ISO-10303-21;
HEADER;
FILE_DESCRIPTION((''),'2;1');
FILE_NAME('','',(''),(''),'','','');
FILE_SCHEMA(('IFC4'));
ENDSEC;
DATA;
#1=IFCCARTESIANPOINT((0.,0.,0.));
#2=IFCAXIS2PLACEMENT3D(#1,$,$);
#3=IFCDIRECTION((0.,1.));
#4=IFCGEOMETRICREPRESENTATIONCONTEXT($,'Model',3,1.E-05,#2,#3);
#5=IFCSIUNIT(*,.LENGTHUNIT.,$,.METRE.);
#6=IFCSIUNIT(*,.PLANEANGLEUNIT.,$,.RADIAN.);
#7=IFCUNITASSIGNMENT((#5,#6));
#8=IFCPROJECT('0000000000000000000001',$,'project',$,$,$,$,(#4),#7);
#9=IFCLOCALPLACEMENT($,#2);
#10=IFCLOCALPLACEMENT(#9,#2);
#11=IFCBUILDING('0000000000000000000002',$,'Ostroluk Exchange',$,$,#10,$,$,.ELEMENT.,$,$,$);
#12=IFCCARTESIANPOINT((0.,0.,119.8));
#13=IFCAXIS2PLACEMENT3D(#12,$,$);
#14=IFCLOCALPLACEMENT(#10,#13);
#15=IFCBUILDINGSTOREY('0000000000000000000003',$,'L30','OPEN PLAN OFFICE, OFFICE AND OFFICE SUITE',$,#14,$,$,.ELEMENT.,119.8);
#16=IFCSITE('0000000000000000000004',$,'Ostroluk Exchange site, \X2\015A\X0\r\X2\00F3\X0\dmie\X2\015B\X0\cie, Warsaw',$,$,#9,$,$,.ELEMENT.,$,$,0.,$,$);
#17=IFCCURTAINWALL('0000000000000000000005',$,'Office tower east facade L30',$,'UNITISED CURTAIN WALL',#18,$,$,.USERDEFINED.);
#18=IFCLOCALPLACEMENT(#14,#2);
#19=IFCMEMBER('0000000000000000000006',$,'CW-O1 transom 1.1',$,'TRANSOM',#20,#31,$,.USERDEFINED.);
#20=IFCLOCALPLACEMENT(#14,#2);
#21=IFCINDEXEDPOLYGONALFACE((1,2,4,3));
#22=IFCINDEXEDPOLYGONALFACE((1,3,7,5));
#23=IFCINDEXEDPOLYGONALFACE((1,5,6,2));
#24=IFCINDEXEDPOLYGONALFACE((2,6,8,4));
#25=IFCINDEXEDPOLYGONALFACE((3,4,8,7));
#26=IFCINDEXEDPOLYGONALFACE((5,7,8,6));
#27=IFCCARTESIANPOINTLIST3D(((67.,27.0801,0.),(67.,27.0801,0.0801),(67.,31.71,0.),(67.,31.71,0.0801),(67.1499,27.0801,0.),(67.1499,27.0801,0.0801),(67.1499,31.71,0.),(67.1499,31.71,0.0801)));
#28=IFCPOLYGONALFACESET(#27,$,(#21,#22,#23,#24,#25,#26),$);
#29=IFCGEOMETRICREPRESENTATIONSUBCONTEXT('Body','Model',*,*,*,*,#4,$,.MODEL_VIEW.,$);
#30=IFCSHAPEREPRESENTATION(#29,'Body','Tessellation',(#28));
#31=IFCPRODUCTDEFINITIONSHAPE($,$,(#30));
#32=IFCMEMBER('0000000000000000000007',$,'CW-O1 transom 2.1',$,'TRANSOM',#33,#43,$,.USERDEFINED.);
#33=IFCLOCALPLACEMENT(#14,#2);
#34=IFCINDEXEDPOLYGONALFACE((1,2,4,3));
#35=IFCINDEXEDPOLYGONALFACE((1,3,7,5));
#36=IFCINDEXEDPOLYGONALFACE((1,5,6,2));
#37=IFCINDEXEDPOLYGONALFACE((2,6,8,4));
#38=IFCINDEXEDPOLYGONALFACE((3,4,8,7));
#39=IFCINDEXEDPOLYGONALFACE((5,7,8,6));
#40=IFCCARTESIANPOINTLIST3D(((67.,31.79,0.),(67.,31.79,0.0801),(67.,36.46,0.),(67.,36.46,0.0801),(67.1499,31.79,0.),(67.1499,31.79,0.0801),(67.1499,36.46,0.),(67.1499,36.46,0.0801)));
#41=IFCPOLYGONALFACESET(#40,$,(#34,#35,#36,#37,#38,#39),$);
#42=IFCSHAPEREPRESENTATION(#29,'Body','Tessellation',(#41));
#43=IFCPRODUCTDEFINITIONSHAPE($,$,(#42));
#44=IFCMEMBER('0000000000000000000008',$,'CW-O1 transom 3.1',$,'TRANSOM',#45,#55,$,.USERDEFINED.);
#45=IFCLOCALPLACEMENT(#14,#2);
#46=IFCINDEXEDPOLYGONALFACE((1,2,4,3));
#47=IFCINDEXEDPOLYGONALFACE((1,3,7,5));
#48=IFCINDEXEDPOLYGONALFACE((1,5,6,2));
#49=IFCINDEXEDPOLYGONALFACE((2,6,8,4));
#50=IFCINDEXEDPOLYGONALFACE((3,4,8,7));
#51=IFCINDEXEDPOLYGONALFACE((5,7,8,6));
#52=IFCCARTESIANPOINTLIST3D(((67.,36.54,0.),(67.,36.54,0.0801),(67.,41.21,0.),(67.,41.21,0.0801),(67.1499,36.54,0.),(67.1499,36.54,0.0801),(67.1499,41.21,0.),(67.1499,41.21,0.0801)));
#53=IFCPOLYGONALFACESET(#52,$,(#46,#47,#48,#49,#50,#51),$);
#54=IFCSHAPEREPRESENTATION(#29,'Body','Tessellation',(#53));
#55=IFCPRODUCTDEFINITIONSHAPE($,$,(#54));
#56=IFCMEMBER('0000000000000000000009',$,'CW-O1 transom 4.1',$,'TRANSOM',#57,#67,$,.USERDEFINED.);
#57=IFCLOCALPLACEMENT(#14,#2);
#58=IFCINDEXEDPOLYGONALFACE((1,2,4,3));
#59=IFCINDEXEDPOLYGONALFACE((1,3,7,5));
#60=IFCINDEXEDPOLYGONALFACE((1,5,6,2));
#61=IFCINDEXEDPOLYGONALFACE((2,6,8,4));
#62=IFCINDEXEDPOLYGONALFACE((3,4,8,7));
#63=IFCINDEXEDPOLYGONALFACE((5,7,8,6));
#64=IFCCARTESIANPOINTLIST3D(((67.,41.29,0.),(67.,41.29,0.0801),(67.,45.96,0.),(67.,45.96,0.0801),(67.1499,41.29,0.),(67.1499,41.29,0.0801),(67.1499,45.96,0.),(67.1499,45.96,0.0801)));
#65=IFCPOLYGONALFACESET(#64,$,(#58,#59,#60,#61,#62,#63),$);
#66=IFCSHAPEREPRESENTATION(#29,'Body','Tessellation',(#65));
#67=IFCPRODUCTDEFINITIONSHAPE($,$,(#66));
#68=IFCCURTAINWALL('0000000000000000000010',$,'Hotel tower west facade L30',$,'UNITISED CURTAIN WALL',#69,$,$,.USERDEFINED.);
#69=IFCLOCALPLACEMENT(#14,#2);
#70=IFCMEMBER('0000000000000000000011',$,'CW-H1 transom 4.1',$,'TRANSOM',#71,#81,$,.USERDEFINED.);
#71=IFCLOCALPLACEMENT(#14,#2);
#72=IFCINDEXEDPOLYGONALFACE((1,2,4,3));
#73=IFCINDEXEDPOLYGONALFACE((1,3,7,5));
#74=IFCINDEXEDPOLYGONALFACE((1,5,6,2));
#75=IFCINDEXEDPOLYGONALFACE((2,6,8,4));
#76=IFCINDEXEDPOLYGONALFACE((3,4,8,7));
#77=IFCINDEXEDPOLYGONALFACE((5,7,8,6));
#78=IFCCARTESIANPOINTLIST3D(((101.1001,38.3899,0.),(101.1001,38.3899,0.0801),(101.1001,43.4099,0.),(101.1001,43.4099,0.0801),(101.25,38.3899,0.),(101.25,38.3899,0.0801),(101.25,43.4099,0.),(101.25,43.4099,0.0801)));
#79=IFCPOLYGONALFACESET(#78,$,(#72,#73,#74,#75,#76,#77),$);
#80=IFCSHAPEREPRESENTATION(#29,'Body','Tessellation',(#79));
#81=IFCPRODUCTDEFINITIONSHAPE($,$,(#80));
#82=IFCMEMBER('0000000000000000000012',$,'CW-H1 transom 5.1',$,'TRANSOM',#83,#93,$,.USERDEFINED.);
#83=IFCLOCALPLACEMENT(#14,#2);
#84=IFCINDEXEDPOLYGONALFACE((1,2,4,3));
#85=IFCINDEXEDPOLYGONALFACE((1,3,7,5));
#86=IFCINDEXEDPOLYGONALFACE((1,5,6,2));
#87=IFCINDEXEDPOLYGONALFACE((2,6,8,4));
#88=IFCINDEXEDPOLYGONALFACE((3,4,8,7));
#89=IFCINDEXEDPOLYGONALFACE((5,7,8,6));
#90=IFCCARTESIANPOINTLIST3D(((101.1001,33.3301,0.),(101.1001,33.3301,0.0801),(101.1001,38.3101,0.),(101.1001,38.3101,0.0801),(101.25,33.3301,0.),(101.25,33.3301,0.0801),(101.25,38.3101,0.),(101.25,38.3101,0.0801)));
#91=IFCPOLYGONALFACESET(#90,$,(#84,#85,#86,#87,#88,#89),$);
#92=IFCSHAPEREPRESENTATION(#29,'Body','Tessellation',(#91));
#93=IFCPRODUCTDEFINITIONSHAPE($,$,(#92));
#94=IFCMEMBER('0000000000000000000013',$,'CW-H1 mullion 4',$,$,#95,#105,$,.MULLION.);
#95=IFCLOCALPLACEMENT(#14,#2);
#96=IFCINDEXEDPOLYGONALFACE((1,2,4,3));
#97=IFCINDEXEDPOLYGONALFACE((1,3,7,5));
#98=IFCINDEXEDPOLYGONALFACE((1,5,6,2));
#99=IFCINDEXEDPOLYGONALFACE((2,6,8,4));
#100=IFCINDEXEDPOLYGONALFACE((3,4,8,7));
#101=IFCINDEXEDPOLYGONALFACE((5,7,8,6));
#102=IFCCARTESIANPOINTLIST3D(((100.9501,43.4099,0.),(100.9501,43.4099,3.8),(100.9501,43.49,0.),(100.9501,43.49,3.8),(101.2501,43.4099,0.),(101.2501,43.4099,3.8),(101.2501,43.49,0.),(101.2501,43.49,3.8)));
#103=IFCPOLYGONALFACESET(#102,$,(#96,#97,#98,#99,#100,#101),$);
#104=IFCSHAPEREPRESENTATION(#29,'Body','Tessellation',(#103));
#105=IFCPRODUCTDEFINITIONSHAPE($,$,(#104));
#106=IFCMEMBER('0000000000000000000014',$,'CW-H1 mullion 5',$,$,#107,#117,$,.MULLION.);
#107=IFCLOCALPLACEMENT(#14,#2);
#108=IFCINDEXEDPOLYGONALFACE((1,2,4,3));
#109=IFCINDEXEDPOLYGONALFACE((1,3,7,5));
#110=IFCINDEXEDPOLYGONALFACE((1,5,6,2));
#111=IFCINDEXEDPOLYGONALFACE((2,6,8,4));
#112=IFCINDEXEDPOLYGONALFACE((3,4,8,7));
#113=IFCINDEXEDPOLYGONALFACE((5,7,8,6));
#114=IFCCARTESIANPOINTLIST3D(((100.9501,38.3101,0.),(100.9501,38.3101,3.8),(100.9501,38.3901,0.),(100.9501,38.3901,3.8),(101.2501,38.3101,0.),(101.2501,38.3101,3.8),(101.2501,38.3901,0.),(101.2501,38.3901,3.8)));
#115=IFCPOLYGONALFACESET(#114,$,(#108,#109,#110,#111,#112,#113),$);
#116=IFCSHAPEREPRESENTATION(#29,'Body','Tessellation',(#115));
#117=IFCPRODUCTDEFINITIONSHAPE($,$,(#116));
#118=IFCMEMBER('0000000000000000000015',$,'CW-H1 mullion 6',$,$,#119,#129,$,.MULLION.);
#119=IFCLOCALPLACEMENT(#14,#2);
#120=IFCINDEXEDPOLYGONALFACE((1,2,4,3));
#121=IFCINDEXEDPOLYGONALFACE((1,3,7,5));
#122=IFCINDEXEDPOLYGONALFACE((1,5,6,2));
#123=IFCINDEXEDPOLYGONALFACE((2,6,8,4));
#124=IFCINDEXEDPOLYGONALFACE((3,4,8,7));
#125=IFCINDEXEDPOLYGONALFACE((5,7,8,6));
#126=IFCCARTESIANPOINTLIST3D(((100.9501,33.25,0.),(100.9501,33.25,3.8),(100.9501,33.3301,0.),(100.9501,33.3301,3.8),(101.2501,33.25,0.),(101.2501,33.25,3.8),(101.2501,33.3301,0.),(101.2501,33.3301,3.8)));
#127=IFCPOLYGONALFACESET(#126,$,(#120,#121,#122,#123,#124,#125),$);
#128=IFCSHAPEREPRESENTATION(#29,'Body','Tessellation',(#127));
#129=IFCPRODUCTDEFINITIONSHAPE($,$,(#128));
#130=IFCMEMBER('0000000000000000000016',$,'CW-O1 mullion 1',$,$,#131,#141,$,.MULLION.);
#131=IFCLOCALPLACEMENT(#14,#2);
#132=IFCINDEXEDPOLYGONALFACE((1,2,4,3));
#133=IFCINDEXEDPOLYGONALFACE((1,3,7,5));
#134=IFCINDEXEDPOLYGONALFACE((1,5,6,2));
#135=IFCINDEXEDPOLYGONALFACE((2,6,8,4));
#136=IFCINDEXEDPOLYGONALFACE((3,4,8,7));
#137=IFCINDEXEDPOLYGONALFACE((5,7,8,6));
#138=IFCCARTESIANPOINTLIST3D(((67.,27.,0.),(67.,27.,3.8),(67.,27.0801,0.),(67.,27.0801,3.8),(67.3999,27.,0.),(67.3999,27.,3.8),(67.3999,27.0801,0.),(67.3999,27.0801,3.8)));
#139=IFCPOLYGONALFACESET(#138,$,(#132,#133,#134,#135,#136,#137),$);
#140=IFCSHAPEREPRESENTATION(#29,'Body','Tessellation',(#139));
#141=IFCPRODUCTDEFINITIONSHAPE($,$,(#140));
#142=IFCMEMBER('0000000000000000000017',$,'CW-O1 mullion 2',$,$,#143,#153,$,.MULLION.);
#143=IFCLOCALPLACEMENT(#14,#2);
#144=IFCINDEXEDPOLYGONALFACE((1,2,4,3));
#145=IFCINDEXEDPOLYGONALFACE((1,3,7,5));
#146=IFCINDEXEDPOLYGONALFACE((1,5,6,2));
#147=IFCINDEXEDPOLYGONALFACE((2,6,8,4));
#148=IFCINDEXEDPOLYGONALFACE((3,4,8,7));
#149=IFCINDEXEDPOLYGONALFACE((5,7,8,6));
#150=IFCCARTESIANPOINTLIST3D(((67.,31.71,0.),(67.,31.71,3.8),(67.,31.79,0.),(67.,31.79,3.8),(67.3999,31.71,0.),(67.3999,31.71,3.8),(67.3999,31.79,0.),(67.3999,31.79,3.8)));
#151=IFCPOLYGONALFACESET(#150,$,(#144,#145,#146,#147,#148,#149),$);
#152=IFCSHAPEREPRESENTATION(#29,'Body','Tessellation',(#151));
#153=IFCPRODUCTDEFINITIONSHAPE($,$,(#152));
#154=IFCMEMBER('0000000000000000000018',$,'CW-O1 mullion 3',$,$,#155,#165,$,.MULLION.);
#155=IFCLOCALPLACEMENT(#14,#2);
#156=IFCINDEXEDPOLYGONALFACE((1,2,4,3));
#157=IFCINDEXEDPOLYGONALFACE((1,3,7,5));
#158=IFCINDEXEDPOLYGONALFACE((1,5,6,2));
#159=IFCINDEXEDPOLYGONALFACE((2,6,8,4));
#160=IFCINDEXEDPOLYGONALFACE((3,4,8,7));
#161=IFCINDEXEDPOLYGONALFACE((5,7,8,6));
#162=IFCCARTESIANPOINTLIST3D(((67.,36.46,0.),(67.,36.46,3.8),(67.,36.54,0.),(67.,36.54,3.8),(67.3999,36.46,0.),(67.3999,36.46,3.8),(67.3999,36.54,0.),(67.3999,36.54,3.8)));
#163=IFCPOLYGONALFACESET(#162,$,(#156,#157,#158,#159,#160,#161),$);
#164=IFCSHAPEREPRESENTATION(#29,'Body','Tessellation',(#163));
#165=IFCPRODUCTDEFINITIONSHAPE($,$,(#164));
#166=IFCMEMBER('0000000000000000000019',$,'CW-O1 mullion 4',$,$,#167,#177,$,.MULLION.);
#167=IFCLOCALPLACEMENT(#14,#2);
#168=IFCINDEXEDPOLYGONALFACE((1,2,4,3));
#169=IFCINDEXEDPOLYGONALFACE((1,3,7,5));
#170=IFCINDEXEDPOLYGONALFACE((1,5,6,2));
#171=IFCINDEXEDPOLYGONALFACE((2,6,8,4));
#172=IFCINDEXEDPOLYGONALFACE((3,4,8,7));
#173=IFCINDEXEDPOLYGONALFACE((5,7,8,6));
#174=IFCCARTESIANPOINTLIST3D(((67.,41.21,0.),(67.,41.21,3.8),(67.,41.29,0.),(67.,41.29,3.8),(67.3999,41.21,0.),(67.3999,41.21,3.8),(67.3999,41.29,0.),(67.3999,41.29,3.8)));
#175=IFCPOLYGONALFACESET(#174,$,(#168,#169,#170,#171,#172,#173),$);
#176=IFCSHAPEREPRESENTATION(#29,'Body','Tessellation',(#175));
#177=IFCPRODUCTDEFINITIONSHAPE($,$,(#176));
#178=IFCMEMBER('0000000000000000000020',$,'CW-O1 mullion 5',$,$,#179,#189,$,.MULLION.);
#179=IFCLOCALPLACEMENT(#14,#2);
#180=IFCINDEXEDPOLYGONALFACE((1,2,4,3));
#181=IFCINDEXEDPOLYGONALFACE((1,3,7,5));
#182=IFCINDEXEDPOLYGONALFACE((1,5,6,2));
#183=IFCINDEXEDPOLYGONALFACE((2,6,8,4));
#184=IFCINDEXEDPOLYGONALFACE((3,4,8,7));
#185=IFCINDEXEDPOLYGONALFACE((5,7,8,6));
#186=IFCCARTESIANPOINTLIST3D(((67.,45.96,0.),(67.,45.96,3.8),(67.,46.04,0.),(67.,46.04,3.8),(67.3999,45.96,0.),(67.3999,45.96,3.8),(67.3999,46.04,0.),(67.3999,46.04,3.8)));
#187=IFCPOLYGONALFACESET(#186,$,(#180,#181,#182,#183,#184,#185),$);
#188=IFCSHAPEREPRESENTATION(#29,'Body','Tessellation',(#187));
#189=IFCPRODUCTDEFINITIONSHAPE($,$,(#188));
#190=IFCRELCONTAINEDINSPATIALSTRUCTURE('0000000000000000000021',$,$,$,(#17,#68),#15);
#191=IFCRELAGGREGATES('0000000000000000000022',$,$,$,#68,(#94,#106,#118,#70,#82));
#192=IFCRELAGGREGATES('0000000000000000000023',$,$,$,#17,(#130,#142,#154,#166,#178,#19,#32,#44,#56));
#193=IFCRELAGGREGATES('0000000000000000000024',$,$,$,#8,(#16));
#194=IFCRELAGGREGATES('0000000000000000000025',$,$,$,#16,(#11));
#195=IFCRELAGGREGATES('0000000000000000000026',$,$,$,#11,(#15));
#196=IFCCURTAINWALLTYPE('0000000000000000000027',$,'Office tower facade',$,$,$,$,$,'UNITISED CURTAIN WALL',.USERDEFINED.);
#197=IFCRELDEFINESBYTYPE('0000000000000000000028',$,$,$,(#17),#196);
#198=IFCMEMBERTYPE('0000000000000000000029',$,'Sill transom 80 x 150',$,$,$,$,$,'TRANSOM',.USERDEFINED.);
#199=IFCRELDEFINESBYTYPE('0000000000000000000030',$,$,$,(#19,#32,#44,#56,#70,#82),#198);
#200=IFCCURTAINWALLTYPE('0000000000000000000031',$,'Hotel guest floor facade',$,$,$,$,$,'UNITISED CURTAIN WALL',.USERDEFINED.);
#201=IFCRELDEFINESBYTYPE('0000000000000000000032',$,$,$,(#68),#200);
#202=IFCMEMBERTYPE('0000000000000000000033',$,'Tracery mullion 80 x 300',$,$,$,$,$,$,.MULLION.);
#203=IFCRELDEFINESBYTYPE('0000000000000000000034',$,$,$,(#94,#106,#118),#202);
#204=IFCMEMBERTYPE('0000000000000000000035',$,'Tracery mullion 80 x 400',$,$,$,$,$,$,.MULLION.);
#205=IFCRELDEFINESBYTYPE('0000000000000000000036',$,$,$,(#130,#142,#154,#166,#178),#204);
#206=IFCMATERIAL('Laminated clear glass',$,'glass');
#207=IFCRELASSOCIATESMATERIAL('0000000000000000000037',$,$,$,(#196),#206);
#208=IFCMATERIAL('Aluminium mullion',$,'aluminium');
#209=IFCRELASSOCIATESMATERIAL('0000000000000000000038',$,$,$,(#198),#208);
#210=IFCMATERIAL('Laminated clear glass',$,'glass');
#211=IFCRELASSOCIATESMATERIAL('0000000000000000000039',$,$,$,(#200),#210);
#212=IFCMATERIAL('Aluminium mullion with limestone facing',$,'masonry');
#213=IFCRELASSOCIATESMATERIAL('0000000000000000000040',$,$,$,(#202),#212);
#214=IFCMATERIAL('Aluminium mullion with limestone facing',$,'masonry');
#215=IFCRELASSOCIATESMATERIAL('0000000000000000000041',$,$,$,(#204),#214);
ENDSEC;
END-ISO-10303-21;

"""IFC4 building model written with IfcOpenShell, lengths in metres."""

from ifc_helpers import new_model, si_unit, direction, frame, origin, origin_2d, place, context, subcontext, project, spatial, rectangle, extrude, material, material_profile, profile_set, type_object, element, aggregate, save


model = new_model("IFC4")

# Units and contexts
model_context = context("Model", 3, precision=1e-05, world=origin(), true_north=direction((0.0, 1.0)))
body_context = subcontext(model_context, "Body", "Model", "MODEL_VIEW")
ifc_project = project(units=[si_unit("LENGTHUNIT", "METRE"), si_unit("PLANEANGLEUNIT", "RADIAN")], contexts=[model_context])

# Site, building, storey
site_placement = place(None, origin())
site = spatial("IfcSite", under=ifc_project, at=site_placement, Name="Ostroluk Exchange site, Śródmieście, Warsaw", CompositionType="ELEMENT", RefElevation=0.0)
building_placement = place(site_placement, origin())
building = spatial("IfcBuilding", under=site, at=building_placement, Name="Ostroluk Exchange", CompositionType="ELEMENT")
storey_placement = place(building_placement, frame((0.0, 0.0, 119.8)))
storey = spatial("IfcBuildingStorey", under=building, at=storey_placement, Name="L30", Description="OPEN PLAN OFFICE, OFFICE AND OFFICE SUITE", CompositionType="ELEMENT", Elevation=119.8)

# Curtain walls, members
ifc_material_1 = material(Name="Laminated clear glass", Category="glass")
curtain_wall_type_1 = type_object("IfcCurtainWallType", Name="Office tower facade", ElementType="UNITISED CURTAIN WALL", PredefinedType="USERDEFINED", material=ifc_material_1)
curtain_wall_1_placement = place(storey_placement, origin())
curtain_wall_1 = element("IfcCurtainWall", 1, at=curtain_wall_1_placement, inside=storey, type_object=curtain_wall_type_1, Name="Office tower east facade L30", ObjectType="UNITISED CURTAIN WALL", PredefinedType="USERDEFINED")
ifc_material_2 = material(Name="Aluminium mullion", Category="aluminium")
ifc_material_profile_1 = material_profile(ifc_material_2, rectangle(XDim=0.1499, YDim=0.0801, at=origin_2d()), Name="Sill transom 80 x 150")
ifc_profile_set_1 = profile_set([ifc_material_profile_1], Name="Aluminium mullion")
member_type_1 = type_object("IfcMemberType", Name="Sill transom 80 x 150", ElementType="TRANSOM", PredefinedType="USERDEFINED", material=ifc_profile_set_1)
member_1_placement = place(storey_placement, frame((67.075, 27.0801, 0.04), z_axis=(0.0, 1.0, 0.0), x_axis=(-1.0, 0.0, 0.0)))
member_1 = element("IfcMember", 2, at=member_1_placement, type_object=member_type_1, Name="CW-O1 transom 1.1", ObjectType="TRANSOM", PredefinedType="USERDEFINED", context=body_context, shape_type="SweptSolid", body=[
    extrude(rectangle(XDim=0.1499, YDim=0.0801, at=origin_2d()), origin(), (0.0, 0.0, 1.0), 4.6299),
])
member_2_placement = place(storey_placement, frame((67.075, 31.79, 0.04), z_axis=(0.0, 1.0, 0.0), x_axis=(-1.0, 0.0, 0.0)))
member_2 = element("IfcMember", 3, at=member_2_placement, type_object=member_type_1, Name="CW-O1 transom 2.1", ObjectType="TRANSOM", PredefinedType="USERDEFINED", context=body_context, shape_type="SweptSolid", body=[
    extrude(rectangle(XDim=0.1499, YDim=0.0801, at=origin_2d()), origin(), (0.0, 0.0, 1.0), 4.6699),
])
member_3_placement = place(storey_placement, frame((67.075, 36.54, 0.04), z_axis=(0.0, 1.0, 0.0), x_axis=(-1.0, 0.0, 0.0)))
member_3 = element("IfcMember", 4, at=member_3_placement, type_object=member_type_1, Name="CW-O1 transom 3.1", ObjectType="TRANSOM", PredefinedType="USERDEFINED", context=body_context, shape_type="SweptSolid", body=[
    extrude(rectangle(XDim=0.1499, YDim=0.0801, at=origin_2d()), origin(), (0.0, 0.0, 1.0), 4.6699),
])
member_4_placement = place(storey_placement, frame((67.075, 41.29, 0.04), z_axis=(0.0, 1.0, 0.0), x_axis=(-1.0, 0.0, 0.0)))
member_4 = element("IfcMember", 5, at=member_4_placement, type_object=member_type_1, Name="CW-O1 transom 4.1", ObjectType="TRANSOM", PredefinedType="USERDEFINED", context=body_context, shape_type="SweptSolid", body=[
    extrude(rectangle(XDim=0.1499, YDim=0.0801, at=origin_2d()), origin(), (0.0, 0.0, 1.0), 4.6699),
])
ifc_material_3 = material(Name="Laminated clear glass", Category="glass")
curtain_wall_type_2 = type_object("IfcCurtainWallType", Name="Hotel guest floor facade", ElementType="UNITISED CURTAIN WALL", PredefinedType="USERDEFINED", material=ifc_material_3)
curtain_wall_2_placement = place(storey_placement, origin())
curtain_wall_2 = element("IfcCurtainWall", 6, at=curtain_wall_2_placement, inside=storey, type_object=curtain_wall_type_2, Name="Hotel tower west facade L30", ObjectType="UNITISED CURTAIN WALL", PredefinedType="USERDEFINED")
member_5_placement = place(storey_placement, frame((101.175, 43.4099, 0.04), z_axis=(0.0, -1.0, 0.0), x_axis=(1.0, 0.0, 0.0)))
member_5 = element("IfcMember", 7, at=member_5_placement, type_object=member_type_1, Name="CW-H1 transom 4.1", ObjectType="TRANSOM", PredefinedType="USERDEFINED", context=body_context, shape_type="SweptSolid", body=[
    extrude(rectangle(XDim=0.1499, YDim=0.0801, at=origin_2d()), origin(), (0.0, 0.0, 1.0), 5.02),
])
member_6_placement = place(storey_placement, frame((101.175, 38.3101, 0.04), z_axis=(0.0, -1.0, 0.0), x_axis=(1.0, 0.0, 0.0)))
member_6 = element("IfcMember", 8, at=member_6_placement, type_object=member_type_1, Name="CW-H1 transom 5.1", ObjectType="TRANSOM", PredefinedType="USERDEFINED", context=body_context, shape_type="SweptSolid", body=[
    extrude(rectangle(XDim=0.1499, YDim=0.0801, at=origin_2d()), origin(), (0.0, 0.0, 1.0), 4.98),
])
ifc_material_4 = material(Name="Aluminium mullion with limestone facing", Category="masonry")
ifc_material_profile_2 = material_profile(ifc_material_4, rectangle(XDim=0.3, YDim=0.0801, at=origin_2d()), Name="Tracery mullion 80 x 300")
ifc_profile_set_2 = profile_set([ifc_material_profile_2], Name="Aluminium mullion with limestone facing")
member_type_2 = type_object("IfcMemberType", Name="Tracery mullion 80 x 300", PredefinedType="MULLION", material=ifc_profile_set_2)
member_7_placement = place(storey_placement, frame((101.1001, 43.45, 0.0), z_axis=(0.0, 0.0, 1.0), x_axis=(1.0, 0.0, 0.0)))
member_7 = element("IfcMember", 9, at=member_7_placement, type_object=member_type_2, Name="CW-H1 mullion 4", PredefinedType="MULLION", context=body_context, shape_type="SweptSolid", body=[
    extrude(rectangle(XDim=0.3, YDim=0.0801, at=origin_2d()), origin(), (0.0, 0.0, 1.0), 3.8),
])
member_8_placement = place(storey_placement, frame((101.1001, 38.3501, 0.0), z_axis=(0.0, 0.0, 1.0), x_axis=(1.0, 0.0, 0.0)))
member_8 = element("IfcMember", 10, at=member_8_placement, type_object=member_type_2, Name="CW-H1 mullion 5", PredefinedType="MULLION", context=body_context, shape_type="SweptSolid", body=[
    extrude(rectangle(XDim=0.3, YDim=0.0801, at=origin_2d()), origin(), (0.0, 0.0, 1.0), 3.8),
])
member_9_placement = place(storey_placement, frame((101.1001, 33.29, 0.0), z_axis=(0.0, 0.0, 1.0), x_axis=(1.0, 0.0, 0.0)))
member_9 = element("IfcMember", 11, at=member_9_placement, type_object=member_type_2, Name="CW-H1 mullion 6", PredefinedType="MULLION", context=body_context, shape_type="SweptSolid", body=[
    extrude(rectangle(XDim=0.3, YDim=0.0801, at=origin_2d()), origin(), (0.0, 0.0, 1.0), 3.8),
])

# Members
ifc_material_5 = material(Name="Aluminium mullion with limestone facing", Category="masonry")
ifc_material_profile_3 = material_profile(ifc_material_5, rectangle(XDim=0.3999, YDim=0.0801, at=origin_2d()), Name="Tracery mullion 80 x 400")
ifc_profile_set_3 = profile_set([ifc_material_profile_3], Name="Aluminium mullion with limestone facing")
member_type_3 = type_object("IfcMemberType", Name="Tracery mullion 80 x 400", PredefinedType="MULLION", material=ifc_profile_set_3)
member_10_placement = place(storey_placement, frame((67.2, 27.04, 0.0), z_axis=(0.0, 0.0, 1.0), x_axis=(-1.0, 0.0, 0.0)))
member_10 = element("IfcMember", 12, at=member_10_placement, type_object=member_type_3, Name="CW-O1 mullion 1", PredefinedType="MULLION", context=body_context, shape_type="SweptSolid", body=[
    extrude(rectangle(XDim=0.3999, YDim=0.0801, at=origin_2d()), origin(), (0.0, 0.0, 1.0), 3.8),
])
member_11_placement = place(storey_placement, frame((67.2, 31.75, 0.0), z_axis=(0.0, 0.0, 1.0), x_axis=(-1.0, 0.0, 0.0)))
member_11 = element("IfcMember", 13, at=member_11_placement, type_object=member_type_3, Name="CW-O1 mullion 2", PredefinedType="MULLION", context=body_context, shape_type="SweptSolid", body=[
    extrude(rectangle(XDim=0.3999, YDim=0.0801, at=origin_2d()), origin(), (0.0, 0.0, 1.0), 3.8),
])
member_12_placement = place(storey_placement, frame((67.2, 36.5, 0.0), z_axis=(0.0, 0.0, 1.0), x_axis=(-1.0, 0.0, 0.0)))
member_12 = element("IfcMember", 14, at=member_12_placement, type_object=member_type_3, Name="CW-O1 mullion 3", PredefinedType="MULLION", context=body_context, shape_type="SweptSolid", body=[
    extrude(rectangle(XDim=0.3999, YDim=0.0801, at=origin_2d()), origin(), (0.0, 0.0, 1.0), 3.8),
])
member_13_placement = place(storey_placement, frame((67.2, 41.25, 0.0), z_axis=(0.0, 0.0, 1.0), x_axis=(-1.0, 0.0, 0.0)))
member_13 = element("IfcMember", 15, at=member_13_placement, type_object=member_type_3, Name="CW-O1 mullion 4", PredefinedType="MULLION", context=body_context, shape_type="SweptSolid", body=[
    extrude(rectangle(XDim=0.3999, YDim=0.0801, at=origin_2d()), origin(), (0.0, 0.0, 1.0), 3.8),
])
member_14_placement = place(storey_placement, frame((67.2, 46.0, 0.0), z_axis=(0.0, 0.0, 1.0), x_axis=(-1.0, 0.0, 0.0)))
member_14 = element("IfcMember", 16, at=member_14_placement, type_object=member_type_3, Name="CW-O1 mullion 5", PredefinedType="MULLION", context=body_context, shape_type="SweptSolid", body=[
    extrude(rectangle(XDim=0.3999, YDim=0.0801, at=origin_2d()), origin(), (0.0, 0.0, 1.0), 3.8),
])

aggregate(curtain_wall_2, [member_7, member_8, member_9, member_5, member_6])
aggregate(curtain_wall_1, [member_10, member_11, member_12, member_13, member_14, member_1, member_2, member_3, member_4])

save(model, "model.ifc")
